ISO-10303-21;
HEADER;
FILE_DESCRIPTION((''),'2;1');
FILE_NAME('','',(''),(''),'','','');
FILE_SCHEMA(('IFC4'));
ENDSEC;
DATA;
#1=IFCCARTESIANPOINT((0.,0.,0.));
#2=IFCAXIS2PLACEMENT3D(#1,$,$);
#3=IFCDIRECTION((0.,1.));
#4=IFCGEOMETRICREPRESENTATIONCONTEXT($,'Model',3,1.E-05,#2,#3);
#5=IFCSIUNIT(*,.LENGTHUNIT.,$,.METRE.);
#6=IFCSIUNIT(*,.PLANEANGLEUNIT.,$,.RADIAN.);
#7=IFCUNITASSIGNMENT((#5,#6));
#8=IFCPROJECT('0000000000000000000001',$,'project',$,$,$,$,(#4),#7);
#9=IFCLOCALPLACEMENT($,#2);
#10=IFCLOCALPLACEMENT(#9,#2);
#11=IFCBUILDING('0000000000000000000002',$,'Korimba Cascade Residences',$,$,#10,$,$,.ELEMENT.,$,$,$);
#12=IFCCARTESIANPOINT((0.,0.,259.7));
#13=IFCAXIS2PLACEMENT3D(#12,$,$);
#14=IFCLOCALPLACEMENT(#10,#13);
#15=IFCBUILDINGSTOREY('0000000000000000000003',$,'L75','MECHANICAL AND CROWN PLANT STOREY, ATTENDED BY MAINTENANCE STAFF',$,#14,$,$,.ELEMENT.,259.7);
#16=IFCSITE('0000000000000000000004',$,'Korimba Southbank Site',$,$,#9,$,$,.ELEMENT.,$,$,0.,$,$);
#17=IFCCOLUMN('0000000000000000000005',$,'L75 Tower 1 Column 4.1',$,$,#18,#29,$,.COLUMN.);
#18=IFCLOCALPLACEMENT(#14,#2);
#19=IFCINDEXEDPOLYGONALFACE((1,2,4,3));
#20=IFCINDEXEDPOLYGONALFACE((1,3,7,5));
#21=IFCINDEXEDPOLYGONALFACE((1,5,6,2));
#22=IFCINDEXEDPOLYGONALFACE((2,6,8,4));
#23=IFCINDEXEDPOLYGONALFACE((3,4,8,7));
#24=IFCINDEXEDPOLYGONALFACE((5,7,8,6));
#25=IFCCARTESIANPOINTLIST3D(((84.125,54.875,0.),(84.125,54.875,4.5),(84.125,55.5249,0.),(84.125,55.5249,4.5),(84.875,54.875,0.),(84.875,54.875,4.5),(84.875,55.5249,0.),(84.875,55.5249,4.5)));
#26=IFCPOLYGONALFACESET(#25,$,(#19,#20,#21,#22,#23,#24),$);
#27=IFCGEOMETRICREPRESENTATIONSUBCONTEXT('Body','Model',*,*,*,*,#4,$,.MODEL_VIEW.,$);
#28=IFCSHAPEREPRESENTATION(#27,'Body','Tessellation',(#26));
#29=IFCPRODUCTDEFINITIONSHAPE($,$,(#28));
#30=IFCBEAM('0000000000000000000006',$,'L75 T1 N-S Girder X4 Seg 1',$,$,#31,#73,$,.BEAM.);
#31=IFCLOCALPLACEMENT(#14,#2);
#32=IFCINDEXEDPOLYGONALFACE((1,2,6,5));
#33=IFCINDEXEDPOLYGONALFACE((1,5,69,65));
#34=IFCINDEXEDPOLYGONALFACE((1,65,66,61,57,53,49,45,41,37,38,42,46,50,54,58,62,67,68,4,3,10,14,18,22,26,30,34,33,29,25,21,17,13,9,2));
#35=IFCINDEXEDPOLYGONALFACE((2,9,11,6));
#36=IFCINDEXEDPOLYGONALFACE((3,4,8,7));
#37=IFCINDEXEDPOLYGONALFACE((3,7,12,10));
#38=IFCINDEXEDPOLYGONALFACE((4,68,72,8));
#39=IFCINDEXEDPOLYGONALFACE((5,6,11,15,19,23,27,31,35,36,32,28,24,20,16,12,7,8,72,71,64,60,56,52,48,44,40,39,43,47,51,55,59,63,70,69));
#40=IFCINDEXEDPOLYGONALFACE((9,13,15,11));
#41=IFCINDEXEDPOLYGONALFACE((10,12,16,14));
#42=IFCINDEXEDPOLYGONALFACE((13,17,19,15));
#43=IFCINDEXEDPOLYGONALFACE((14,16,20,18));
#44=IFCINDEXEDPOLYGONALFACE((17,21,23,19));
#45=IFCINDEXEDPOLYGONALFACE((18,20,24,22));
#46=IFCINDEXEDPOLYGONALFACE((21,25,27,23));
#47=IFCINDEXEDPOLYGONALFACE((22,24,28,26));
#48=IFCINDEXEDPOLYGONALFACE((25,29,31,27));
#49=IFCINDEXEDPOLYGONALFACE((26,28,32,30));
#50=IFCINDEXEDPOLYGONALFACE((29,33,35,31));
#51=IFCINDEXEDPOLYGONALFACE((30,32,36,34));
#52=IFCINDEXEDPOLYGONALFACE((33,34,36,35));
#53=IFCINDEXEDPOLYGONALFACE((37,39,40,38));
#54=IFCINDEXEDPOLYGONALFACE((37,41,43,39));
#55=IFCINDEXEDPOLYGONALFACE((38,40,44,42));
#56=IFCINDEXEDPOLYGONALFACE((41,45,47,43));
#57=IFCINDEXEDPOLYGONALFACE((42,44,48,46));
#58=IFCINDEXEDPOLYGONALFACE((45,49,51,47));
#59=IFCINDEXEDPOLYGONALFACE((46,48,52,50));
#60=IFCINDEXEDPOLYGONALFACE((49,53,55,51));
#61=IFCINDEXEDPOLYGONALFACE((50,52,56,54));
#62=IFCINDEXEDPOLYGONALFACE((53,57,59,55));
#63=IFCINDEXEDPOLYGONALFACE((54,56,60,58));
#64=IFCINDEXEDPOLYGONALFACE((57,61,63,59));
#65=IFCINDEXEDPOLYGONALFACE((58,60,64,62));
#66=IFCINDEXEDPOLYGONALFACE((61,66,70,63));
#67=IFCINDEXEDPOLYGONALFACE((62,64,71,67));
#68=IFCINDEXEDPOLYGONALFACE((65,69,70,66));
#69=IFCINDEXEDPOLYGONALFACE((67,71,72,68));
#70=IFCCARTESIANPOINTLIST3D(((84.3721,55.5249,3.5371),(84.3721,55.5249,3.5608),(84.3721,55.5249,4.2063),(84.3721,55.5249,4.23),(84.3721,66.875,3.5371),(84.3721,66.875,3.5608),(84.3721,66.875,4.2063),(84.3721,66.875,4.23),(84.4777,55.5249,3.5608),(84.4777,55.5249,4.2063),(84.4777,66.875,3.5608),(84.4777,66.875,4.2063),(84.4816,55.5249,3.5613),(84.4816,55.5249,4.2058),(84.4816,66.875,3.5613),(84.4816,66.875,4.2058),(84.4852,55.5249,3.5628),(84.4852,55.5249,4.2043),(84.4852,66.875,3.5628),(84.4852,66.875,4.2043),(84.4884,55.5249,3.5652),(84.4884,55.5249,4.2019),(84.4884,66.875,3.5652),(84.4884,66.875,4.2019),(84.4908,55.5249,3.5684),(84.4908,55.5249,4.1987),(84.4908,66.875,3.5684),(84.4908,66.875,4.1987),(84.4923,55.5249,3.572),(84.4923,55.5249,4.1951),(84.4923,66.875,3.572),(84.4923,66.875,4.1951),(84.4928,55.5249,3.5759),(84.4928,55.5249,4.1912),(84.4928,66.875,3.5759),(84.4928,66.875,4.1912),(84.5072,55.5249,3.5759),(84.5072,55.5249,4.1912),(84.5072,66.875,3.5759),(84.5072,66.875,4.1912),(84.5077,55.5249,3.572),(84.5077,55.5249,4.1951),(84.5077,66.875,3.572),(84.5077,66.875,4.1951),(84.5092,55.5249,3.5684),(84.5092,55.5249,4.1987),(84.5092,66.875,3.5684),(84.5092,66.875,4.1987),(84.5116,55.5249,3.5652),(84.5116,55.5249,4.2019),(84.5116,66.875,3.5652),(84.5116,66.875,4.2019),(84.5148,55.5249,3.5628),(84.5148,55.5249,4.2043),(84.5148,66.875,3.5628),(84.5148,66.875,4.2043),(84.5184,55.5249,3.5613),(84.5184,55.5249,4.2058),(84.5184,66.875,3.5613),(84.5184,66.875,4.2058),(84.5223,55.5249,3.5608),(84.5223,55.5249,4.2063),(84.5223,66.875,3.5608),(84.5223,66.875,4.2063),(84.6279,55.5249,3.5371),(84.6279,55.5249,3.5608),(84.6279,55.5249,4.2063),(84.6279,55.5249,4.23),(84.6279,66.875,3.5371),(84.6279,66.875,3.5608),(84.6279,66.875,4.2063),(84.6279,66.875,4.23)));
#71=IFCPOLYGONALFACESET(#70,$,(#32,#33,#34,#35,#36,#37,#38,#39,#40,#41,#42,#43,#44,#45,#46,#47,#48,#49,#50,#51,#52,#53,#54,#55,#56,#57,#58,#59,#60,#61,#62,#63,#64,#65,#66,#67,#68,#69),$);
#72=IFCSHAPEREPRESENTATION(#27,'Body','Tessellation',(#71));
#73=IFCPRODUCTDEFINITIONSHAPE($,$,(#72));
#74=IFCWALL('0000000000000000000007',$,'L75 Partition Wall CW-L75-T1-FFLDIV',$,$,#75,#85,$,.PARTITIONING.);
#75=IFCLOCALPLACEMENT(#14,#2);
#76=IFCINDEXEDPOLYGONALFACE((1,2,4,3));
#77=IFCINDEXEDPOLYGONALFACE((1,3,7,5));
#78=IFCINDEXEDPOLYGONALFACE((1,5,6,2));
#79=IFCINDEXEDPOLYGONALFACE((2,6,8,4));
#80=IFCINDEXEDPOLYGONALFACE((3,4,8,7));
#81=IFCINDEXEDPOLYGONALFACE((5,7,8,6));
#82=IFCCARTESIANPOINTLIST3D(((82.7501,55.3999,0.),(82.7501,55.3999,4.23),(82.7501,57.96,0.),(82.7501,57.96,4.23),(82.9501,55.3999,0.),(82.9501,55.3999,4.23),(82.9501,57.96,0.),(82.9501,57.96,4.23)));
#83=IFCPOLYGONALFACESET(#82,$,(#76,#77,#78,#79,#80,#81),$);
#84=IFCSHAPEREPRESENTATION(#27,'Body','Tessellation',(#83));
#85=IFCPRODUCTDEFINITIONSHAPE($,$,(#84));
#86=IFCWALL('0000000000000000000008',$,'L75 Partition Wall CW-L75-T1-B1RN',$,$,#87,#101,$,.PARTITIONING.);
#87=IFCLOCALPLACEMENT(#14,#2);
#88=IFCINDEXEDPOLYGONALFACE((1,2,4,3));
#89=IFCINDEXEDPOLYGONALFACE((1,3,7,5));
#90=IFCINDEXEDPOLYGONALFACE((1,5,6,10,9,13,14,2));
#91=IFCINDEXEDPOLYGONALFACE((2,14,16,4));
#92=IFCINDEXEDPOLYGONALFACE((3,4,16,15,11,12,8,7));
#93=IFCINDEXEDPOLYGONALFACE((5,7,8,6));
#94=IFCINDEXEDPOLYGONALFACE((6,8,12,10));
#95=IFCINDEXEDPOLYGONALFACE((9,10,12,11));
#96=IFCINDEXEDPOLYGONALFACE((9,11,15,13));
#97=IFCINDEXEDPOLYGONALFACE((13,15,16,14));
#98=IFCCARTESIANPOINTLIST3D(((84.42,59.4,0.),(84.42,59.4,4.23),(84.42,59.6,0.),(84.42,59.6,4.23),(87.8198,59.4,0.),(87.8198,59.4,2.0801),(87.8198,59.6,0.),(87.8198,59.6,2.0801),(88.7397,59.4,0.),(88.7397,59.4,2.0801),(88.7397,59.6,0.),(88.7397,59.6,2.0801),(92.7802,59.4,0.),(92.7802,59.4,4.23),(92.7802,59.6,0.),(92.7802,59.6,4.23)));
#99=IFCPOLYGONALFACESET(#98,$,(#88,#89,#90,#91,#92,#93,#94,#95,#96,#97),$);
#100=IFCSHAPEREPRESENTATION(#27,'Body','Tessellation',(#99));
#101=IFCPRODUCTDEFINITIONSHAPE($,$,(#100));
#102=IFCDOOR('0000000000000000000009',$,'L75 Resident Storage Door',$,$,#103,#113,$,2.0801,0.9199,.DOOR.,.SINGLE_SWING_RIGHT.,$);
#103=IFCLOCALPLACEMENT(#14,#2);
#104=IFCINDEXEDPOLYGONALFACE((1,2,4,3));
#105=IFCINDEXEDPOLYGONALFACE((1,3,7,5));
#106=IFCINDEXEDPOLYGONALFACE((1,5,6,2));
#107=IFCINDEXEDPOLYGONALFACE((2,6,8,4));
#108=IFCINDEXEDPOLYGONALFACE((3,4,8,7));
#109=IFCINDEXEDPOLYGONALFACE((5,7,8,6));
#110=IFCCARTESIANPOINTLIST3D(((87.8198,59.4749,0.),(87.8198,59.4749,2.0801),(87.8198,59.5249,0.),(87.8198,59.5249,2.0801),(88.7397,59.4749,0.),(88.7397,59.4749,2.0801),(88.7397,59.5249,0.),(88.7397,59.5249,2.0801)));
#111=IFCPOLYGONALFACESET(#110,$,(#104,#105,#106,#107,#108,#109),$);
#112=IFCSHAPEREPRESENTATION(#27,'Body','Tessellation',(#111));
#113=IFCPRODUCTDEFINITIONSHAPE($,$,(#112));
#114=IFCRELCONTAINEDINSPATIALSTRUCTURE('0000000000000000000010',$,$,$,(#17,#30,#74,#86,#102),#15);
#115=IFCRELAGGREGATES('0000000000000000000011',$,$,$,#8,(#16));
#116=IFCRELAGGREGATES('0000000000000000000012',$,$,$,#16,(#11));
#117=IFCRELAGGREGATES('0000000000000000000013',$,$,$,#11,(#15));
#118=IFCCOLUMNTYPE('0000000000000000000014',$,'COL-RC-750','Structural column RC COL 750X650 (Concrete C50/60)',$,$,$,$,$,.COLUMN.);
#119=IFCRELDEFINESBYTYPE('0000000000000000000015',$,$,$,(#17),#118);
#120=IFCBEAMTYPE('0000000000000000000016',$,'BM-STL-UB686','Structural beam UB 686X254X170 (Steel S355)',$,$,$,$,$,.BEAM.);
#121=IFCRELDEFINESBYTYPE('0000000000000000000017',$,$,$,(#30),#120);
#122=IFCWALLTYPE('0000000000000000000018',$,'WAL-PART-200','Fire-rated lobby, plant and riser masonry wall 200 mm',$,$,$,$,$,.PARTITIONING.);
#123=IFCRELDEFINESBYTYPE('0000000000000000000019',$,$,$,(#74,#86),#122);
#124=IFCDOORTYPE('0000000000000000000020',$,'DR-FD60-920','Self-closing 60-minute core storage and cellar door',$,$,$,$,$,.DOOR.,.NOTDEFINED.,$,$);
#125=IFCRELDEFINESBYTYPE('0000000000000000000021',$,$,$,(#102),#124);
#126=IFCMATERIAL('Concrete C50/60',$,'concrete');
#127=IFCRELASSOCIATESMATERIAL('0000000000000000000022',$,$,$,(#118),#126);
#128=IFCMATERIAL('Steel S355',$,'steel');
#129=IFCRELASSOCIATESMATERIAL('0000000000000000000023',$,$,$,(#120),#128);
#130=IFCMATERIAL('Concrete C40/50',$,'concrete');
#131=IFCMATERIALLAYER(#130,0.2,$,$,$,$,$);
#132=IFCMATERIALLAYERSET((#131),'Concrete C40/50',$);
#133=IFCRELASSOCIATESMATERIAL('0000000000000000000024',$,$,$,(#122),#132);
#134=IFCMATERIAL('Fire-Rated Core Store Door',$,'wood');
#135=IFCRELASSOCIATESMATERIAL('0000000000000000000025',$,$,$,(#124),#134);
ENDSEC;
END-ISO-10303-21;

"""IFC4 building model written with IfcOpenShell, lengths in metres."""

from ifc_helpers import new_model, si_unit, direction, frame, frame_2d, origin, origin_2d, place, context, subcontext, project, spatial, rectangle, i_section, extrude, material, layer, layer_set, material_profile, profile_set, type_object, element, fill, save


model = new_model("IFC4")

# Units and contexts
model_context = context("Model", 3, precision=1e-05, world=origin(), true_north=direction((0.0, 1.0)))
body_context = subcontext(model_context, "Body", "Model", "MODEL_VIEW")
ifc_project = project(units=[si_unit("LENGTHUNIT", "METRE"), si_unit("PLANEANGLEUNIT", "RADIAN")], contexts=[model_context])

# Site, building, storey
site_placement = place(None, origin())
site = spatial("IfcSite", under=ifc_project, at=site_placement, Name="Korimba Southbank Site", CompositionType="ELEMENT", RefElevation=0.0)
building_placement = place(site_placement, origin())
building = spatial("IfcBuilding", under=site, at=building_placement, Name="Korimba Cascade Residences", CompositionType="ELEMENT")
storey_placement = place(building_placement, frame((0.0, 0.0, 259.7)))
storey = spatial("IfcBuildingStorey", under=building, at=storey_placement, Name="L75", Description="MECHANICAL AND CROWN PLANT STOREY, ATTENDED BY MAINTENANCE STAFF", CompositionType="ELEMENT", Elevation=259.7)

# Column
ifc_material_1 = material(Name="Concrete C50/60", Category="concrete")
ifc_material_profile_1 = material_profile(ifc_material_1, rectangle(XDim=0.75, YDim=0.6499, at=origin_2d()), Name="Concrete C50/60")
ifc_profile_set_1 = profile_set([ifc_material_profile_1], Name="Concrete C50/60")
column_type = type_object("IfcColumnType", Name="COL-RC-750", Description="Structural column RC COL 750X650 (Concrete C50/60)", PredefinedType="COLUMN", material=ifc_profile_set_1)
column_placement = place(storey_placement, frame((84.5, 55.2, 0.0), z_axis=(0.0, 0.0, 1.0), x_axis=(1.0, 0.0, 0.0)))
element("IfcColumn", 1, at=column_placement, inside=storey, type_object=column_type, Name="L75 Tower 1 Column 4.1", PredefinedType="COLUMN", context=body_context, shape_type="SweptSolid", body=[
    extrude(rectangle(XDim=0.75, YDim=0.6499, at=origin_2d()), origin(), (0.0, 0.0, 1.0), 4.5),
])

# Beam
ifc_material_2 = material(Name="Steel S355", Category="steel")
ifc_material_profile_2 = material_profile(ifc_material_2, i_section(OverallWidth=0.2559, OverallDepth=0.6929, WebThickness=0.0144, FlangeThickness=0.0237, FilletRadius=0.0151, at=origin_2d()), Name="Steel S355")
ifc_profile_set_2 = profile_set([ifc_material_profile_2], Name="Steel S355")
beam_type = type_object("IfcBeamType", Name="BM-STL-UB686", Description="Structural beam UB 686X254X170 (Steel S355)", PredefinedType="BEAM", material=ifc_profile_set_2)
beam_placement = place(storey_placement, frame((84.5, 55.5249, 3.8835), z_axis=(0.0, 1.0, 0.0), x_axis=(-1.0, 0.0, 0.0)))
element("IfcBeam", 2, at=beam_placement, inside=storey, type_object=beam_type, Name="L75 T1 N-S Girder X4 Seg 1", PredefinedType="BEAM", context=body_context, shape_type="SweptSolid", body=[
    extrude(i_section(OverallWidth=0.2559, OverallDepth=0.6929, WebThickness=0.0144, FlangeThickness=0.0237, FilletRadius=0.0151, at=origin_2d()), origin(), (0.0, 0.0, 1.0), 11.3501),
])

# Wall
ifc_material_3 = material(Name="Concrete C40/50", Category="concrete")
ifc_layer_1 = layer(ifc_material_3, 0.2)
ifc_layer_set_1 = layer_set([ifc_layer_1], Name="Concrete C40/50")
wall_type_1 = type_object("IfcWallType", Name="WAL-PART-200", Description="Fire-rated lobby, plant and riser masonry wall 200 mm", PredefinedType="PARTITIONING", material=ifc_layer_set_1)
wall_1_placement = place(storey_placement, frame((82.8501, 55.3999, 0.0), z_axis=(0.0, 0.0, 1.0), x_axis=(0.0, 1.0, 0.0)))
element("IfcWall", 3, at=wall_1_placement, inside=storey, type_object=wall_type_1, Name="L75 Partition Wall CW-L75-T1-FFLDIV", PredefinedType="PARTITIONING", context=body_context, shape_type="SweptSolid", body=[
    extrude(rectangle(XDim=2.5601, YDim=0.2, at=frame_2d((1.28, 0.0))), origin(), (0.0, 0.0, 1.0), 4.23),
])

# Wall, opening, door
wall_2_placement = place(storey_placement, frame((84.4199, 59.5, 0.0), z_axis=(0.0, 0.0, 1.0), x_axis=(1.0, 0.0, 0.0)))
wall_2 = element("IfcWall", 4, at=wall_2_placement, inside=storey, type_object=wall_type_1, Name="L75 Partition Wall CW-L75-T1-B1RN", PredefinedType="PARTITIONING", context=body_context, shape_type="SweptSolid", body=[
    extrude(rectangle(XDim=8.3601, YDim=0.2, at=frame_2d((4.1802, 0.0))), origin(), (0.0, 0.0, 1.0), 4.23),
])
opening_1_placement = place(wall_2_placement, frame((3.3999, 0.0, 0.0)))
opening_1 = element("IfcOpeningElement", 5, at=opening_1_placement, cuts=wall_2, PredefinedType="OPENING", context=body_context, shape_type="SweptSolid", body=[
    extrude(rectangle(XDim=0.9199, YDim=2.0801, at=frame_2d((0.46, 1.04))), frame((0.0, 0.1099, 0.0), z_axis=(0.0, -1.0, 0.0), x_axis=(1.0, 0.0, 0.0)), (0.0, 0.0, 1.0), 0.22),
])
ifc_material_4 = material(Name="Fire-Rated Core Store Door", Category="wood")
door_type_1 = type_object("IfcDoorType", Name="DR-FD60-920", Description="Self-closing 60-minute core storage and cellar door", OperationType="NOTDEFINED", PredefinedType="DOOR", material=ifc_material_4)
door_1_placement = place(opening_1_placement, origin())
door_1 = element("IfcDoor", 6, at=door_1_placement, inside=storey, type_object=door_type_1, Name="L75 Resident Storage Door", OperationType="SINGLE_SWING_RIGHT", OverallHeight=2.0801, OverallWidth=0.9199, PredefinedType="DOOR", context=body_context, shape_type="SweptSolid", body=[
    extrude(rectangle(XDim=0.9199, YDim=2.0801, at=frame_2d((0.46, 1.04))), frame((0.0, 0.0249, 0.0), z_axis=(0.0, -1.0, 0.0), x_axis=(1.0, 0.0, 0.0)), (0.0, 0.0, 1.0), 0.05),
])
fill(opening_1, door_1)

save(model, "model.ifc")
